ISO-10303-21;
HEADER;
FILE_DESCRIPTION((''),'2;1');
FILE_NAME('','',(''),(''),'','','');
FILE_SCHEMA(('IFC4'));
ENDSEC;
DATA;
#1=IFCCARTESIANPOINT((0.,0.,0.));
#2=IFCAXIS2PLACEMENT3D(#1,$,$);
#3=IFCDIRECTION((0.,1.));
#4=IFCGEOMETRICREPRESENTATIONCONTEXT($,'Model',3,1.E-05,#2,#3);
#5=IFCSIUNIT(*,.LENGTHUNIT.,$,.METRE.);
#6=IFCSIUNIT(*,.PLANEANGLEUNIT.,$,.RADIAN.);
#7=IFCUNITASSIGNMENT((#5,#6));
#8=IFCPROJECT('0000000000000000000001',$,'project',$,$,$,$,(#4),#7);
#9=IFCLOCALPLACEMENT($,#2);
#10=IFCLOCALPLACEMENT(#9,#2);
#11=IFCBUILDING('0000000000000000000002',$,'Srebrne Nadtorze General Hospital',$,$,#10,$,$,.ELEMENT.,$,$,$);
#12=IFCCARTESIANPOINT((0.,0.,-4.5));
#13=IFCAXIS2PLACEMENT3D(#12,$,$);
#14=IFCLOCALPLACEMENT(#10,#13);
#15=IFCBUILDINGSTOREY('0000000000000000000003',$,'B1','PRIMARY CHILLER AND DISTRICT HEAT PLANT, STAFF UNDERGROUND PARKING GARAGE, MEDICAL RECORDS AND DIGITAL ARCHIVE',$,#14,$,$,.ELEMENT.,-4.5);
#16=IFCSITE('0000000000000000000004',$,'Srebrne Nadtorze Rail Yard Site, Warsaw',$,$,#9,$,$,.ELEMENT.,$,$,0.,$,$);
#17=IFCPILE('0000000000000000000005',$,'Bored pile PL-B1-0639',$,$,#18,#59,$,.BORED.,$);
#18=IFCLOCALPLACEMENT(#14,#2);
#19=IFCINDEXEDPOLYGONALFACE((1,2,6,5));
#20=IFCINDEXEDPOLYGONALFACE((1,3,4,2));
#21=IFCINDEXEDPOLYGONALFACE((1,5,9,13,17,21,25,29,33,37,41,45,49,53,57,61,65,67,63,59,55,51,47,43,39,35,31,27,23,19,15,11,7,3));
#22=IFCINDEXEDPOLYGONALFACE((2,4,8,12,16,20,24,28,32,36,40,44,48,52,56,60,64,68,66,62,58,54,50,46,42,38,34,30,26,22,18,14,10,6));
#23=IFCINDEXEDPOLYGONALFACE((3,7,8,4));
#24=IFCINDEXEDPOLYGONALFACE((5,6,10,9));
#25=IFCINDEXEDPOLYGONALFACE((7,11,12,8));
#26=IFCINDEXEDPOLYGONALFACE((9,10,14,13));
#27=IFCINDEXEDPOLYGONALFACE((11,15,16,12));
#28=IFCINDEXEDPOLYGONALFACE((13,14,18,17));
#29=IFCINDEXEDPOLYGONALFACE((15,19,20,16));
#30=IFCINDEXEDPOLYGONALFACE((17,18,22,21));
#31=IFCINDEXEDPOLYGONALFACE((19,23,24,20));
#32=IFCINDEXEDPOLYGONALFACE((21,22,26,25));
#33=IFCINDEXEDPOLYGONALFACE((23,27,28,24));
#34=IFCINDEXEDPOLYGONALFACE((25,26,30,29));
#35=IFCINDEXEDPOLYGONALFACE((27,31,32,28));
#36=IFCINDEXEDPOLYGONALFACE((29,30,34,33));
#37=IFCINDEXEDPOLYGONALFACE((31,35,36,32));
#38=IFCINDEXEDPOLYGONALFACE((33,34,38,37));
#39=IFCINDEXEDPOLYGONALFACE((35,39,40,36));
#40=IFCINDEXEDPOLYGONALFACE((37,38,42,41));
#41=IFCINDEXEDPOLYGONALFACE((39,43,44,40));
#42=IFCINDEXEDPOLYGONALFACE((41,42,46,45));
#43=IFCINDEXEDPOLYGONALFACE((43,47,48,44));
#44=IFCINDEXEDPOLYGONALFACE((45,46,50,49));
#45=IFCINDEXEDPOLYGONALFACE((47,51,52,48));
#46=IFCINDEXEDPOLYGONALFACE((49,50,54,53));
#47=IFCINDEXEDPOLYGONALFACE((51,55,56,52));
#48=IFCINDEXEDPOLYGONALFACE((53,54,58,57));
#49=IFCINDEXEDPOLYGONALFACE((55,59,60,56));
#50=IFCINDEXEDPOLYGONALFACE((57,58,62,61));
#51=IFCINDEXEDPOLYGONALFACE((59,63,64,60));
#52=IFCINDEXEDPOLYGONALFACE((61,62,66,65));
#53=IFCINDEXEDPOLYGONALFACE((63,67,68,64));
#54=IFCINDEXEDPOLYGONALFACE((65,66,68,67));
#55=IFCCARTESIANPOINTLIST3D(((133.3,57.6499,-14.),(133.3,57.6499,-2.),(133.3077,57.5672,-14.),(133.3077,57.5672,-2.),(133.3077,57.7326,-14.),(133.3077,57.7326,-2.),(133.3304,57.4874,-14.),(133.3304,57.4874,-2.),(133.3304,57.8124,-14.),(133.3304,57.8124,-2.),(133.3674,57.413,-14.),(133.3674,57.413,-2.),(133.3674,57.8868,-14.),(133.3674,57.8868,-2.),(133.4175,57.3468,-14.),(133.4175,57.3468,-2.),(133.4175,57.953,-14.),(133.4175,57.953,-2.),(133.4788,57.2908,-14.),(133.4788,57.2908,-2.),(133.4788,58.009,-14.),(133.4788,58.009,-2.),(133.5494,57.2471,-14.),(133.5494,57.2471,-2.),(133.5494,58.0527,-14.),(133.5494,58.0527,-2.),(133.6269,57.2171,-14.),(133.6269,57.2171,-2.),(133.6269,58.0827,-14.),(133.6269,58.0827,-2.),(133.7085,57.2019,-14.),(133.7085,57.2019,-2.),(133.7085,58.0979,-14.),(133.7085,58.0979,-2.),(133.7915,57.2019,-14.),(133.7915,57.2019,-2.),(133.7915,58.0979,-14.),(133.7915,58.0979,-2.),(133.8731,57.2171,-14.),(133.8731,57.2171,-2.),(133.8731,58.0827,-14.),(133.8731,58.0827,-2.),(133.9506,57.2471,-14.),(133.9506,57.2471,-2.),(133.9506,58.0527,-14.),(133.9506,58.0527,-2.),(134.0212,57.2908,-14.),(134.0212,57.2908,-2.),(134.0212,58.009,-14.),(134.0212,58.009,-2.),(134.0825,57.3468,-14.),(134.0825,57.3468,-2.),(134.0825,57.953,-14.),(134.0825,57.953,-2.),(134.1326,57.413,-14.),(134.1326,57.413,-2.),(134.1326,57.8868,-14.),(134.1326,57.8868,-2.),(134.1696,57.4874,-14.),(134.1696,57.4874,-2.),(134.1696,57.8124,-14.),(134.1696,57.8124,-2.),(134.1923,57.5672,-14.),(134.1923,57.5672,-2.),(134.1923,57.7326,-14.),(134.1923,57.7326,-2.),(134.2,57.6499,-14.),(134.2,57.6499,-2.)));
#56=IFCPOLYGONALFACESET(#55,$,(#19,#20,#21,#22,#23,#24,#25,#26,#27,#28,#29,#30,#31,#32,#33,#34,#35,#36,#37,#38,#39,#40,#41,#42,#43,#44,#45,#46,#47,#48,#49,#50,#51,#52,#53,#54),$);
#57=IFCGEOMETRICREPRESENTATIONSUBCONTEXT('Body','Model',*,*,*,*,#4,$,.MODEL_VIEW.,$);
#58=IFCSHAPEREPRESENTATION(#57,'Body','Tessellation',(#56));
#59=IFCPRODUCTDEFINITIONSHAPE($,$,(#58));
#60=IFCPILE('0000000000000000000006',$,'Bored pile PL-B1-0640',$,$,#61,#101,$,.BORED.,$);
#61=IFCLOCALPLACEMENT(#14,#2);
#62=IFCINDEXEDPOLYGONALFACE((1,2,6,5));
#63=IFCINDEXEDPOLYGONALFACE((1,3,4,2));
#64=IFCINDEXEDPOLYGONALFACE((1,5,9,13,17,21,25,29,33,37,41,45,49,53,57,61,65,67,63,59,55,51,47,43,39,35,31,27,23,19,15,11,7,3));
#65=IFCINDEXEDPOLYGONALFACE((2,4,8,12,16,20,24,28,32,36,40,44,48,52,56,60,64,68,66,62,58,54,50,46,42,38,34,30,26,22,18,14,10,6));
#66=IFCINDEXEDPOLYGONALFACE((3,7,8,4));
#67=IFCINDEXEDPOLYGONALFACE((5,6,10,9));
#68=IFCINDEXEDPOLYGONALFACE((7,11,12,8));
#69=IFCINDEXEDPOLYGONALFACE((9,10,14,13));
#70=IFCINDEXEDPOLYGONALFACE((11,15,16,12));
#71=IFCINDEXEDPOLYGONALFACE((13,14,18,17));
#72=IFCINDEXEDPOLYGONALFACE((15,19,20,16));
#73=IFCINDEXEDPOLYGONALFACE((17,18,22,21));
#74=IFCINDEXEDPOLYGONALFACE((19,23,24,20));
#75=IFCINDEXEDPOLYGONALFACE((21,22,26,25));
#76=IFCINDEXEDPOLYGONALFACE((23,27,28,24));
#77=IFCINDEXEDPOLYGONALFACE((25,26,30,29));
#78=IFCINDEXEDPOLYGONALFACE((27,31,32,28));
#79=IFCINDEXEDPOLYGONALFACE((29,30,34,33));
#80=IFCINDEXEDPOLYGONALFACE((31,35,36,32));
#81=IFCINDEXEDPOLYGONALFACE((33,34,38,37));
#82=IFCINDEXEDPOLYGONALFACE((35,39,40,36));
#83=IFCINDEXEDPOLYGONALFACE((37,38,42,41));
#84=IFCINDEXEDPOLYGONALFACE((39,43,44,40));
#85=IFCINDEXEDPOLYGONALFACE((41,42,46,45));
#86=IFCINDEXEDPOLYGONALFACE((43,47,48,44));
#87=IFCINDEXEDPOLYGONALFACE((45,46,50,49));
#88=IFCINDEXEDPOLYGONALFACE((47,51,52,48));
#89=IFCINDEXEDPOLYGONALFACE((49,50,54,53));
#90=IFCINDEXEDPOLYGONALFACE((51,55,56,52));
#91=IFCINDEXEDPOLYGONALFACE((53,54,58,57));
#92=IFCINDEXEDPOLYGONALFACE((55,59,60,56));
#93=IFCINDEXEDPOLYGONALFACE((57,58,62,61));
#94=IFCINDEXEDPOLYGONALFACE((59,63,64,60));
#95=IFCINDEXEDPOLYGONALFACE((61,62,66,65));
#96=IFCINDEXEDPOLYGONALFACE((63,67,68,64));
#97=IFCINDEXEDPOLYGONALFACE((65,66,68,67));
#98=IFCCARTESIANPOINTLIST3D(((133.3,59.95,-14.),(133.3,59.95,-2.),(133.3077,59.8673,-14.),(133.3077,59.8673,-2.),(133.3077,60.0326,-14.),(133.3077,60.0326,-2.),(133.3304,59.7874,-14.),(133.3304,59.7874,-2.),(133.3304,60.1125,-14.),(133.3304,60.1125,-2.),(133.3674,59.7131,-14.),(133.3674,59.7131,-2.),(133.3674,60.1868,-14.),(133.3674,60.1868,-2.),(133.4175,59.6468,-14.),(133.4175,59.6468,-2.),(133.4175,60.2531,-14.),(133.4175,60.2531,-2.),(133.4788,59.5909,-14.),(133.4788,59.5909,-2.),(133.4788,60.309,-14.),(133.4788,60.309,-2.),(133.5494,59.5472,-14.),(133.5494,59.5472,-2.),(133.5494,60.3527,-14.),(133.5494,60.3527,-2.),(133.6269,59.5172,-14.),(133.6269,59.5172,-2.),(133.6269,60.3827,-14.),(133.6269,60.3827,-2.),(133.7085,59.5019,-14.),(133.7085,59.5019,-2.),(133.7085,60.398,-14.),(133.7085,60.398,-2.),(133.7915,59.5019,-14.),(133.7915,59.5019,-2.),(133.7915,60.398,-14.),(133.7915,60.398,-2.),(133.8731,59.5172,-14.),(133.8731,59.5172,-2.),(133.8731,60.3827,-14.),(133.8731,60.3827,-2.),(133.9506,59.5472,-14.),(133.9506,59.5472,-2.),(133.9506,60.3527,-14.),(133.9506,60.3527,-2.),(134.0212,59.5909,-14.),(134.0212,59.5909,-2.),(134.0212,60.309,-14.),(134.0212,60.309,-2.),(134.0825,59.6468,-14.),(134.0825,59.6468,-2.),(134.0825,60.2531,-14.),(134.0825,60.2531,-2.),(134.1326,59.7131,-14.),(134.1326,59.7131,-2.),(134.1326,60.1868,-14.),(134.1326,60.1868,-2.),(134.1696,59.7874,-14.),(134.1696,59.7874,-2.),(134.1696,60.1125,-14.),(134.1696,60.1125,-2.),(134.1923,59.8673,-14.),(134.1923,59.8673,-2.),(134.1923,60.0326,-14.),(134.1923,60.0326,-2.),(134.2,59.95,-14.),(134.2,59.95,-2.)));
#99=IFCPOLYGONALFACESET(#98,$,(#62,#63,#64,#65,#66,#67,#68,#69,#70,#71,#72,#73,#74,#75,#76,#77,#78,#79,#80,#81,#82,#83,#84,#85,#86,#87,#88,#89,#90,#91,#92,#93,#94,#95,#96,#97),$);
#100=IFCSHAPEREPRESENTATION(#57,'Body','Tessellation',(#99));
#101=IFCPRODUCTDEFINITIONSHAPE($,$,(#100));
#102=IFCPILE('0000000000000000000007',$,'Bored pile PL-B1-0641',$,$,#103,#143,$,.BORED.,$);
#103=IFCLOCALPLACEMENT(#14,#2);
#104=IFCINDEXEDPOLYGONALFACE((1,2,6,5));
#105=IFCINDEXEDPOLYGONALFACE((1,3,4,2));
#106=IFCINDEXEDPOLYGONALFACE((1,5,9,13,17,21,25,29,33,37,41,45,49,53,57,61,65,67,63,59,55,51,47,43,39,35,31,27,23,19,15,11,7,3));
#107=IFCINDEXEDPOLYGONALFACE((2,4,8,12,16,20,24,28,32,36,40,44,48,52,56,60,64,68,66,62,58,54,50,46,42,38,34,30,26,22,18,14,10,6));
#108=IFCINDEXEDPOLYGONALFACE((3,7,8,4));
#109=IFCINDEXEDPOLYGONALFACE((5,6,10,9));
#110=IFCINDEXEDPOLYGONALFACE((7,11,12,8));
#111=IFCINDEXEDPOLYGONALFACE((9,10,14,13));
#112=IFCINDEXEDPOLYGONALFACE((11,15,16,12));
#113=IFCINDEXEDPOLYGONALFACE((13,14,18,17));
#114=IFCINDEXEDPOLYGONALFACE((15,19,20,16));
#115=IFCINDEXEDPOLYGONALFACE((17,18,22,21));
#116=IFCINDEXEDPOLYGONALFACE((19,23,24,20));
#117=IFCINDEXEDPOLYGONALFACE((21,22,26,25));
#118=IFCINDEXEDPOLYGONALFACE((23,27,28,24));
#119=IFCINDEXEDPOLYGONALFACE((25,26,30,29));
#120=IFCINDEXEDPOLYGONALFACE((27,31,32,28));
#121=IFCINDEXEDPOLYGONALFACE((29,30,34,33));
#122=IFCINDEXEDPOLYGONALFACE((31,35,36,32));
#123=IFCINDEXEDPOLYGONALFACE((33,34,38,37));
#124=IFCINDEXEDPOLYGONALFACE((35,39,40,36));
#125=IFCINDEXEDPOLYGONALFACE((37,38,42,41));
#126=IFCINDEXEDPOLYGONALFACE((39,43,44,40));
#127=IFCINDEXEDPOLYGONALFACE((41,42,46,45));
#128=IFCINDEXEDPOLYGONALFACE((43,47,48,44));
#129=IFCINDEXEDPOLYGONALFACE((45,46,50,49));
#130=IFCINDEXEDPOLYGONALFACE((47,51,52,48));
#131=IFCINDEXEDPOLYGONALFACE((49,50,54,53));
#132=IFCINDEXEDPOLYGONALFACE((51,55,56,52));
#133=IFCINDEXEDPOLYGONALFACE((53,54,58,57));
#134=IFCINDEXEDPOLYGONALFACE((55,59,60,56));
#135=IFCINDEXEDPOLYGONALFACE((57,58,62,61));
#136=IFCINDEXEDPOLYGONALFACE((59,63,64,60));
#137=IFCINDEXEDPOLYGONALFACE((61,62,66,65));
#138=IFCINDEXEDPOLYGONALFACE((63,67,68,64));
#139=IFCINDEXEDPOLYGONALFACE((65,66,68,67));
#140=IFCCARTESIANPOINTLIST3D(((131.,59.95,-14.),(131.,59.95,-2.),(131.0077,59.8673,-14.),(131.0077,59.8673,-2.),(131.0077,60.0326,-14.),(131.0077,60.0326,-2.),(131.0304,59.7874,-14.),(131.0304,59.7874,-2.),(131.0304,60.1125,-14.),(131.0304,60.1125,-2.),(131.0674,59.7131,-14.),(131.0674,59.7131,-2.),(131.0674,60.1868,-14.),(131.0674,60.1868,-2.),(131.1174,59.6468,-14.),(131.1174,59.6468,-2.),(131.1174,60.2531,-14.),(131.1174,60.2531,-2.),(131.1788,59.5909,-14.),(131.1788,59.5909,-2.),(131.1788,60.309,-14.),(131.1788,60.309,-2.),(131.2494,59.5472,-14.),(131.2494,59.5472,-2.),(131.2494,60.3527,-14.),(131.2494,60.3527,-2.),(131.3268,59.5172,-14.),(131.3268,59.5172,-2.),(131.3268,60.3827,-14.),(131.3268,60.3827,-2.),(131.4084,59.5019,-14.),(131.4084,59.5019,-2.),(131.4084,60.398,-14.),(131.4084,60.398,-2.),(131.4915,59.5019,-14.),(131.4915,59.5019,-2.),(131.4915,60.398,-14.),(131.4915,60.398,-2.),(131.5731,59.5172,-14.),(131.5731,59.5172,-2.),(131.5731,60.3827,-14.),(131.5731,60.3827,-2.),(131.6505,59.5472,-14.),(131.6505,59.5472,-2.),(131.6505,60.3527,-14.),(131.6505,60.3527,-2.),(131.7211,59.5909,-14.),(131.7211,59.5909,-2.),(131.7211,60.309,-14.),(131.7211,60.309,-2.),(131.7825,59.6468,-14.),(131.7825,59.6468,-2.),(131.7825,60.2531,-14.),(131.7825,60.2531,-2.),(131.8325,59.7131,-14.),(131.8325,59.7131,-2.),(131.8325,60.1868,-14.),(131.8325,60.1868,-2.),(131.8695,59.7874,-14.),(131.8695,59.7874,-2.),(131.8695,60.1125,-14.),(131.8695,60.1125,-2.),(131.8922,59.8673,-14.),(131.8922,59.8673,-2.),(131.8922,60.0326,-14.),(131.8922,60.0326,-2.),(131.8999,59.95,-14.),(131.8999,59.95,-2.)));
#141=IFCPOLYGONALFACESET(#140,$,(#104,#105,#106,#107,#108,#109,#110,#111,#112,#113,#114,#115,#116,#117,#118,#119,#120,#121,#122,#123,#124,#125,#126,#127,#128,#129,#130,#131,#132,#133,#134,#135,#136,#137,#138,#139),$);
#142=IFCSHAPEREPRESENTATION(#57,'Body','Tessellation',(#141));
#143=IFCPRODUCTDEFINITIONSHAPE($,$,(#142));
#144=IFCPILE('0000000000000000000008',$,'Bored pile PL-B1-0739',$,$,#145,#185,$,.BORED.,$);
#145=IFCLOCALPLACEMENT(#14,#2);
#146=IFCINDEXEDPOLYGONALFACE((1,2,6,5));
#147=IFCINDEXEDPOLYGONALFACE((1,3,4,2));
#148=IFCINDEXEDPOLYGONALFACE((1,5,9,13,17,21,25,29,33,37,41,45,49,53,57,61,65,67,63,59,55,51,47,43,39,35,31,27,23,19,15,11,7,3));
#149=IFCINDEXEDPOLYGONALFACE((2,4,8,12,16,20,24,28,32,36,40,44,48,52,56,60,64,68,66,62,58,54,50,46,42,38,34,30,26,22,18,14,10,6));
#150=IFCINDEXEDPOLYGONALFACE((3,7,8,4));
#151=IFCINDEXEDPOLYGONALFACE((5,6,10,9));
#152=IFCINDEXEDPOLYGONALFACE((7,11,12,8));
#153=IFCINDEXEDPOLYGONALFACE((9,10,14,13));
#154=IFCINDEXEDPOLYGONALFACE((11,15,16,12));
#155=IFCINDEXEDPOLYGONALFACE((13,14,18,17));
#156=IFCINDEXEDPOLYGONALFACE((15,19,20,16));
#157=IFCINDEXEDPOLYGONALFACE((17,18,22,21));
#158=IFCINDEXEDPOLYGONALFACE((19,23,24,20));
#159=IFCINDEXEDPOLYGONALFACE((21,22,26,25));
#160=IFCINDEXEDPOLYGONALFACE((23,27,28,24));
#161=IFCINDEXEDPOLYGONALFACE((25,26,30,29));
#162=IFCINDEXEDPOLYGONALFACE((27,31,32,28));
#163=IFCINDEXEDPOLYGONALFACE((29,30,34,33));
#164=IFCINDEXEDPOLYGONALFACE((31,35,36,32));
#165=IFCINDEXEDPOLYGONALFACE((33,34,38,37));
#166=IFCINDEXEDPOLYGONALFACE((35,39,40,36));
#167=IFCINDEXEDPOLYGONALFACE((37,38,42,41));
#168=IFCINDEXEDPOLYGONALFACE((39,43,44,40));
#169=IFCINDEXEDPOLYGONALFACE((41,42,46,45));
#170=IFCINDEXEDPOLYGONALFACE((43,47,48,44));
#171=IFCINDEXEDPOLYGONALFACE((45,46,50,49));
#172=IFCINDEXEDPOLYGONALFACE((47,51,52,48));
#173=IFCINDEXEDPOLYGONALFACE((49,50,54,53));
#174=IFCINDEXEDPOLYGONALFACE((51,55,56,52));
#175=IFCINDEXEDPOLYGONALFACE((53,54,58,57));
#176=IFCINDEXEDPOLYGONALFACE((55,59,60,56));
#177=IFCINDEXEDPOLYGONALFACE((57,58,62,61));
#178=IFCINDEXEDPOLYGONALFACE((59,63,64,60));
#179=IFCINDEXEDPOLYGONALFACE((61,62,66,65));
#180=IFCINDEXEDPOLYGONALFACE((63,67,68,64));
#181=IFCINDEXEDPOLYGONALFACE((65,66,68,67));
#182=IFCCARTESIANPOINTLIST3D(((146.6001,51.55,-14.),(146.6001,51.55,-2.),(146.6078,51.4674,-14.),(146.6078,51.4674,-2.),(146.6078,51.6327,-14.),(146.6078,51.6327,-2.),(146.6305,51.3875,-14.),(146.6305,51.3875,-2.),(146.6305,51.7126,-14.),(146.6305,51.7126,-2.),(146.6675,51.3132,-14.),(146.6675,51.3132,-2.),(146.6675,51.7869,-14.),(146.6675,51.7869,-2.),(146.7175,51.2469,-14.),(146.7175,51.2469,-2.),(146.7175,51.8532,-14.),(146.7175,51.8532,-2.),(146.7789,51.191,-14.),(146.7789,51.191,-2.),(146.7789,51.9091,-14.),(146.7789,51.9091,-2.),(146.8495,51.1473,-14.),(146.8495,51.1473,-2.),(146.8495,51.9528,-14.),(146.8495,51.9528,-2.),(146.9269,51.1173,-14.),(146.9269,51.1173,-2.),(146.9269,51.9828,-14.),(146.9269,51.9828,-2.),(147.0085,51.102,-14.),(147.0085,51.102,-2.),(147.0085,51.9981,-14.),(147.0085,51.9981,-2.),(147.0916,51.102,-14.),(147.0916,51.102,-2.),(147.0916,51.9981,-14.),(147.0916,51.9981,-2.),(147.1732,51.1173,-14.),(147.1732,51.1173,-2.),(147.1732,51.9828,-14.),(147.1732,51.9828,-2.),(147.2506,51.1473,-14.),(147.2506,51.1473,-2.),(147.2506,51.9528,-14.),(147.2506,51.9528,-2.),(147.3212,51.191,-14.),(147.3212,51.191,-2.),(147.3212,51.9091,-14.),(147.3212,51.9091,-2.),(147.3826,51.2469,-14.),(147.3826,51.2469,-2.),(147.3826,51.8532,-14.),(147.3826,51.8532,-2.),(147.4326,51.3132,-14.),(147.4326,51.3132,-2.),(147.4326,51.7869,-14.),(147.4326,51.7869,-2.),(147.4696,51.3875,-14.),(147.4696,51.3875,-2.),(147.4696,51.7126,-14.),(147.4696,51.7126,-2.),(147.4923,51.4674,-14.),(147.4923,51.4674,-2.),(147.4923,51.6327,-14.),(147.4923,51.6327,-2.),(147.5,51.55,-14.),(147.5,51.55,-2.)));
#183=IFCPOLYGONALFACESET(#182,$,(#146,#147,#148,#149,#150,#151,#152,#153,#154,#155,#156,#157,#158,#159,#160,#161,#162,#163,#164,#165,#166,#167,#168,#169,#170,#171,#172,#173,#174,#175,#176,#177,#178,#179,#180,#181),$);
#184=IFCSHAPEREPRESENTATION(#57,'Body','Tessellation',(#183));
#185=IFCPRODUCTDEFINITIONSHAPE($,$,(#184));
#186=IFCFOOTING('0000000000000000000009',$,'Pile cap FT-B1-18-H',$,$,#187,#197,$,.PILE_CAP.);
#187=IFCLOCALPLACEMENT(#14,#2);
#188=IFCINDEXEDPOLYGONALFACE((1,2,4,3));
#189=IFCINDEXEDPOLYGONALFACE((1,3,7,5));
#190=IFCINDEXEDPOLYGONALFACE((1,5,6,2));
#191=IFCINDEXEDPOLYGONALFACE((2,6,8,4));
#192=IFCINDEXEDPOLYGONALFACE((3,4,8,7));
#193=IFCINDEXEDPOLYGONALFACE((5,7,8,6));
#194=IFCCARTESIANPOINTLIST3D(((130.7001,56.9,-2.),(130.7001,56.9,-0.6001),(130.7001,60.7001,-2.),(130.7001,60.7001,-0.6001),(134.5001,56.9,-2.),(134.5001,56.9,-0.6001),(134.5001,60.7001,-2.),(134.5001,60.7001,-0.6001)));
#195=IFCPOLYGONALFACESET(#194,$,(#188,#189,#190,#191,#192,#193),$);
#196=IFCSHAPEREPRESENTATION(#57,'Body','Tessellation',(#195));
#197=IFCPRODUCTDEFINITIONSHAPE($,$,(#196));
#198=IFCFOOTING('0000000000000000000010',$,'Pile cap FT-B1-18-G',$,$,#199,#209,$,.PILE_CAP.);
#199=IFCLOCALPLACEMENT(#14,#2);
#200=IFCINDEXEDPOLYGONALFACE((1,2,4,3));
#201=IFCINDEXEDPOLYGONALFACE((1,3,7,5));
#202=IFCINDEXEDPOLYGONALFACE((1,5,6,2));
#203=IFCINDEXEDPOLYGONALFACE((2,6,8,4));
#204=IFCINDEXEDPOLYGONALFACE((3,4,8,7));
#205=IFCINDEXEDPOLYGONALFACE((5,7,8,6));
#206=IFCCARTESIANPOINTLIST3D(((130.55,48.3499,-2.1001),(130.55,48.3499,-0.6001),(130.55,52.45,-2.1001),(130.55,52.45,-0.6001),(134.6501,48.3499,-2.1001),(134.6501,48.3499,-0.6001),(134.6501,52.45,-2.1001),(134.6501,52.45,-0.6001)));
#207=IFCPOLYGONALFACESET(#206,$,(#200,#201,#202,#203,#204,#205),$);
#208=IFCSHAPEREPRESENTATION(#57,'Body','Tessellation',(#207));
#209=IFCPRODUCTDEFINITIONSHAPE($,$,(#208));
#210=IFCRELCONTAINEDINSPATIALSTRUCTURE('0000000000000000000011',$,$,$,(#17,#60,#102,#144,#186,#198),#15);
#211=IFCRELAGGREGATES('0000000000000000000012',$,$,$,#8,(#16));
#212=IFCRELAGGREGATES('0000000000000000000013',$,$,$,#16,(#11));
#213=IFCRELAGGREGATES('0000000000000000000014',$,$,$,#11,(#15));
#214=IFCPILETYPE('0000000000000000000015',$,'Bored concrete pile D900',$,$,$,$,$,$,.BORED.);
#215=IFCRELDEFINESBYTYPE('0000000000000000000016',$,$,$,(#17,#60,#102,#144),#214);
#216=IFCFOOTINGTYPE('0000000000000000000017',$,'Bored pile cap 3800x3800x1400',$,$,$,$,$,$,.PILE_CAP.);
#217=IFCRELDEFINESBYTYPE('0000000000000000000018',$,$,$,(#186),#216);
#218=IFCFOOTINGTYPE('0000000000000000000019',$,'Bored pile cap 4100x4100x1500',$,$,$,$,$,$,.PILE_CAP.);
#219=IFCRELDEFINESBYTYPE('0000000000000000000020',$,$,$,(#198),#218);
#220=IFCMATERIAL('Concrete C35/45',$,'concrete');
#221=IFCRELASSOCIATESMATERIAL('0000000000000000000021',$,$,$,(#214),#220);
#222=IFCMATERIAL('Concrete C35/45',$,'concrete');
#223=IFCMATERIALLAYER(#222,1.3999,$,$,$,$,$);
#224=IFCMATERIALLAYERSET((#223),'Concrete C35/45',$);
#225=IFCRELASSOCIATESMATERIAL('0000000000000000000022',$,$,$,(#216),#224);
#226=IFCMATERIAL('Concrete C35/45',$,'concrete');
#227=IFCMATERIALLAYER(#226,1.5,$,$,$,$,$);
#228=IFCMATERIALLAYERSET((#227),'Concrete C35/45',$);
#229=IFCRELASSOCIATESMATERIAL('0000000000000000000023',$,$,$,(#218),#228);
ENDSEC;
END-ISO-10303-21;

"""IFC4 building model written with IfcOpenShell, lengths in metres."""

from ifc_helpers import new_model, si_unit, direction, frame, origin, origin_2d, place, context, subcontext, project, spatial, rectangle, circle, extrude, material, layer, layer_set, material_profile, profile_set, type_object, element, save


model = new_model("IFC4")

# Units and contexts
model_context = context("Model", 3, precision=1e-05, world=origin(), true_north=direction((0.0, 1.0)))
body_context = subcontext(model_context, "Body", "Model", "MODEL_VIEW")
ifc_project = project(units=[si_unit("LENGTHUNIT", "METRE"), si_unit("PLANEANGLEUNIT", "RADIAN")], contexts=[model_context])

# Site, building, storey
site_placement = place(None, origin())
site = spatial("IfcSite", under=ifc_project, at=site_placement, Name="Srebrne Nadtorze Rail Yard Site, Warsaw", CompositionType="ELEMENT", RefElevation=0.0)
building_placement = place(site_placement, origin())
building = spatial("IfcBuilding", under=site, at=building_placement, Name="Srebrne Nadtorze General Hospital", CompositionType="ELEMENT")
storey_placement = place(building_placement, frame((0.0, 0.0, -4.5)))
storey = spatial("IfcBuildingStorey", under=building, at=storey_placement, Name="B1", Description="PRIMARY CHILLER AND DISTRICT HEAT PLANT, STAFF UNDERGROUND PARKING GARAGE, MEDICAL RECORDS AND DIGITAL ARCHIVE", CompositionType="ELEMENT", Elevation=-4.5)

# Piles
ifc_material_1 = material(Name="Concrete C35/45", Category="concrete")
ifc_material_profile_1 = material_profile(ifc_material_1, circle(Radius=0.45, at=origin_2d()), Name="PILE-D900")
ifc_profile_set_1 = profile_set([ifc_material_profile_1], Name="Concrete C35/45")
pile_type_1 = type_object("IfcPileType", Name="Bored concrete pile D900", PredefinedType="BORED", material=ifc_profile_set_1)
for number, where, z_axis, x_axis, name in (
    (1, (133.75, 57.6499, -2.0), (0.0, 0.0, -1.0), (1.0, 0.0, 0.0), "Bored pile PL-B1-0639"),
    (2, (133.75, 59.95, -2.0), (0.0, 0.0, -1.0), (1.0, 0.0, 0.0), "Bored pile PL-B1-0640"),
    (3, (131.45, 59.95, -2.0), (0.0, 0.0, -1.0), (1.0, 0.0, 0.0), "Bored pile PL-B1-0641"),
    (4, (147.05, 51.55, -2.0), (0.0, 0.0, -1.0), (1.0, 0.0, 0.0), "Bored pile PL-B1-0739"),
):
    element("IfcPile", number, at=place(storey_placement, frame(where, z_axis=z_axis, x_axis=x_axis)), inside=storey, type_object=pile_type_1, Name=name, PredefinedType="BORED", context=body_context, shape_type="SweptSolid", body=[
        extrude(circle(Radius=0.45, at=origin_2d()), origin(), (0.0, 0.0, 1.0), 12.0),
    ])

# Footings
ifc_material_2 = material(Name="Concrete C35/45", Category="concrete")
ifc_layer_1 = layer(ifc_material_2, 1.3999)
ifc_layer_set_1 = layer_set([ifc_layer_1], Name="Concrete C35/45")
footing_type_1 = type_object("IfcFootingType", Name="Bored pile cap 3800x3800x1400", PredefinedType="PILE_CAP", material=ifc_layer_set_1)
footing_1_placement = place(storey_placement, frame((132.6001, 58.8, -2.0), z_axis=(0.0, 0.0, 1.0), x_axis=(1.0, 0.0, 0.0)))
element("IfcFooting", 5, at=footing_1_placement, inside=storey, type_object=footing_type_1, Name="Pile cap FT-B1-18-H", PredefinedType="PILE_CAP", context=body_context, shape_type="SweptSolid", body=[
    extrude(rectangle(XDim=3.8, YDim=3.8, at=origin_2d()), origin(), (0.0, 0.0, 1.0), 1.3999),
])
ifc_material_3 = material(Name="Concrete C35/45", Category="concrete")
ifc_layer_2 = layer(ifc_material_3, 1.5)
ifc_layer_set_2 = layer_set([ifc_layer_2], Name="Concrete C35/45")
footing_type_2 = type_object("IfcFootingType", Name="Bored pile cap 4100x4100x1500", PredefinedType="PILE_CAP", material=ifc_layer_set_2)
footing_2_placement = place(storey_placement, frame((132.6001, 50.3999, -2.1001), z_axis=(0.0, 0.0, 1.0), x_axis=(1.0, 0.0, 0.0)))
element("IfcFooting", 6, at=footing_2_placement, inside=storey, type_object=footing_type_2, Name="Pile cap FT-B1-18-G", PredefinedType="PILE_CAP", context=body_context, shape_type="SweptSolid", body=[
    extrude(rectangle(XDim=4.1001, YDim=4.1001, at=origin_2d()), origin(), (0.0, 0.0, 1.0), 1.5),
])

save(model, "model.ifc")
